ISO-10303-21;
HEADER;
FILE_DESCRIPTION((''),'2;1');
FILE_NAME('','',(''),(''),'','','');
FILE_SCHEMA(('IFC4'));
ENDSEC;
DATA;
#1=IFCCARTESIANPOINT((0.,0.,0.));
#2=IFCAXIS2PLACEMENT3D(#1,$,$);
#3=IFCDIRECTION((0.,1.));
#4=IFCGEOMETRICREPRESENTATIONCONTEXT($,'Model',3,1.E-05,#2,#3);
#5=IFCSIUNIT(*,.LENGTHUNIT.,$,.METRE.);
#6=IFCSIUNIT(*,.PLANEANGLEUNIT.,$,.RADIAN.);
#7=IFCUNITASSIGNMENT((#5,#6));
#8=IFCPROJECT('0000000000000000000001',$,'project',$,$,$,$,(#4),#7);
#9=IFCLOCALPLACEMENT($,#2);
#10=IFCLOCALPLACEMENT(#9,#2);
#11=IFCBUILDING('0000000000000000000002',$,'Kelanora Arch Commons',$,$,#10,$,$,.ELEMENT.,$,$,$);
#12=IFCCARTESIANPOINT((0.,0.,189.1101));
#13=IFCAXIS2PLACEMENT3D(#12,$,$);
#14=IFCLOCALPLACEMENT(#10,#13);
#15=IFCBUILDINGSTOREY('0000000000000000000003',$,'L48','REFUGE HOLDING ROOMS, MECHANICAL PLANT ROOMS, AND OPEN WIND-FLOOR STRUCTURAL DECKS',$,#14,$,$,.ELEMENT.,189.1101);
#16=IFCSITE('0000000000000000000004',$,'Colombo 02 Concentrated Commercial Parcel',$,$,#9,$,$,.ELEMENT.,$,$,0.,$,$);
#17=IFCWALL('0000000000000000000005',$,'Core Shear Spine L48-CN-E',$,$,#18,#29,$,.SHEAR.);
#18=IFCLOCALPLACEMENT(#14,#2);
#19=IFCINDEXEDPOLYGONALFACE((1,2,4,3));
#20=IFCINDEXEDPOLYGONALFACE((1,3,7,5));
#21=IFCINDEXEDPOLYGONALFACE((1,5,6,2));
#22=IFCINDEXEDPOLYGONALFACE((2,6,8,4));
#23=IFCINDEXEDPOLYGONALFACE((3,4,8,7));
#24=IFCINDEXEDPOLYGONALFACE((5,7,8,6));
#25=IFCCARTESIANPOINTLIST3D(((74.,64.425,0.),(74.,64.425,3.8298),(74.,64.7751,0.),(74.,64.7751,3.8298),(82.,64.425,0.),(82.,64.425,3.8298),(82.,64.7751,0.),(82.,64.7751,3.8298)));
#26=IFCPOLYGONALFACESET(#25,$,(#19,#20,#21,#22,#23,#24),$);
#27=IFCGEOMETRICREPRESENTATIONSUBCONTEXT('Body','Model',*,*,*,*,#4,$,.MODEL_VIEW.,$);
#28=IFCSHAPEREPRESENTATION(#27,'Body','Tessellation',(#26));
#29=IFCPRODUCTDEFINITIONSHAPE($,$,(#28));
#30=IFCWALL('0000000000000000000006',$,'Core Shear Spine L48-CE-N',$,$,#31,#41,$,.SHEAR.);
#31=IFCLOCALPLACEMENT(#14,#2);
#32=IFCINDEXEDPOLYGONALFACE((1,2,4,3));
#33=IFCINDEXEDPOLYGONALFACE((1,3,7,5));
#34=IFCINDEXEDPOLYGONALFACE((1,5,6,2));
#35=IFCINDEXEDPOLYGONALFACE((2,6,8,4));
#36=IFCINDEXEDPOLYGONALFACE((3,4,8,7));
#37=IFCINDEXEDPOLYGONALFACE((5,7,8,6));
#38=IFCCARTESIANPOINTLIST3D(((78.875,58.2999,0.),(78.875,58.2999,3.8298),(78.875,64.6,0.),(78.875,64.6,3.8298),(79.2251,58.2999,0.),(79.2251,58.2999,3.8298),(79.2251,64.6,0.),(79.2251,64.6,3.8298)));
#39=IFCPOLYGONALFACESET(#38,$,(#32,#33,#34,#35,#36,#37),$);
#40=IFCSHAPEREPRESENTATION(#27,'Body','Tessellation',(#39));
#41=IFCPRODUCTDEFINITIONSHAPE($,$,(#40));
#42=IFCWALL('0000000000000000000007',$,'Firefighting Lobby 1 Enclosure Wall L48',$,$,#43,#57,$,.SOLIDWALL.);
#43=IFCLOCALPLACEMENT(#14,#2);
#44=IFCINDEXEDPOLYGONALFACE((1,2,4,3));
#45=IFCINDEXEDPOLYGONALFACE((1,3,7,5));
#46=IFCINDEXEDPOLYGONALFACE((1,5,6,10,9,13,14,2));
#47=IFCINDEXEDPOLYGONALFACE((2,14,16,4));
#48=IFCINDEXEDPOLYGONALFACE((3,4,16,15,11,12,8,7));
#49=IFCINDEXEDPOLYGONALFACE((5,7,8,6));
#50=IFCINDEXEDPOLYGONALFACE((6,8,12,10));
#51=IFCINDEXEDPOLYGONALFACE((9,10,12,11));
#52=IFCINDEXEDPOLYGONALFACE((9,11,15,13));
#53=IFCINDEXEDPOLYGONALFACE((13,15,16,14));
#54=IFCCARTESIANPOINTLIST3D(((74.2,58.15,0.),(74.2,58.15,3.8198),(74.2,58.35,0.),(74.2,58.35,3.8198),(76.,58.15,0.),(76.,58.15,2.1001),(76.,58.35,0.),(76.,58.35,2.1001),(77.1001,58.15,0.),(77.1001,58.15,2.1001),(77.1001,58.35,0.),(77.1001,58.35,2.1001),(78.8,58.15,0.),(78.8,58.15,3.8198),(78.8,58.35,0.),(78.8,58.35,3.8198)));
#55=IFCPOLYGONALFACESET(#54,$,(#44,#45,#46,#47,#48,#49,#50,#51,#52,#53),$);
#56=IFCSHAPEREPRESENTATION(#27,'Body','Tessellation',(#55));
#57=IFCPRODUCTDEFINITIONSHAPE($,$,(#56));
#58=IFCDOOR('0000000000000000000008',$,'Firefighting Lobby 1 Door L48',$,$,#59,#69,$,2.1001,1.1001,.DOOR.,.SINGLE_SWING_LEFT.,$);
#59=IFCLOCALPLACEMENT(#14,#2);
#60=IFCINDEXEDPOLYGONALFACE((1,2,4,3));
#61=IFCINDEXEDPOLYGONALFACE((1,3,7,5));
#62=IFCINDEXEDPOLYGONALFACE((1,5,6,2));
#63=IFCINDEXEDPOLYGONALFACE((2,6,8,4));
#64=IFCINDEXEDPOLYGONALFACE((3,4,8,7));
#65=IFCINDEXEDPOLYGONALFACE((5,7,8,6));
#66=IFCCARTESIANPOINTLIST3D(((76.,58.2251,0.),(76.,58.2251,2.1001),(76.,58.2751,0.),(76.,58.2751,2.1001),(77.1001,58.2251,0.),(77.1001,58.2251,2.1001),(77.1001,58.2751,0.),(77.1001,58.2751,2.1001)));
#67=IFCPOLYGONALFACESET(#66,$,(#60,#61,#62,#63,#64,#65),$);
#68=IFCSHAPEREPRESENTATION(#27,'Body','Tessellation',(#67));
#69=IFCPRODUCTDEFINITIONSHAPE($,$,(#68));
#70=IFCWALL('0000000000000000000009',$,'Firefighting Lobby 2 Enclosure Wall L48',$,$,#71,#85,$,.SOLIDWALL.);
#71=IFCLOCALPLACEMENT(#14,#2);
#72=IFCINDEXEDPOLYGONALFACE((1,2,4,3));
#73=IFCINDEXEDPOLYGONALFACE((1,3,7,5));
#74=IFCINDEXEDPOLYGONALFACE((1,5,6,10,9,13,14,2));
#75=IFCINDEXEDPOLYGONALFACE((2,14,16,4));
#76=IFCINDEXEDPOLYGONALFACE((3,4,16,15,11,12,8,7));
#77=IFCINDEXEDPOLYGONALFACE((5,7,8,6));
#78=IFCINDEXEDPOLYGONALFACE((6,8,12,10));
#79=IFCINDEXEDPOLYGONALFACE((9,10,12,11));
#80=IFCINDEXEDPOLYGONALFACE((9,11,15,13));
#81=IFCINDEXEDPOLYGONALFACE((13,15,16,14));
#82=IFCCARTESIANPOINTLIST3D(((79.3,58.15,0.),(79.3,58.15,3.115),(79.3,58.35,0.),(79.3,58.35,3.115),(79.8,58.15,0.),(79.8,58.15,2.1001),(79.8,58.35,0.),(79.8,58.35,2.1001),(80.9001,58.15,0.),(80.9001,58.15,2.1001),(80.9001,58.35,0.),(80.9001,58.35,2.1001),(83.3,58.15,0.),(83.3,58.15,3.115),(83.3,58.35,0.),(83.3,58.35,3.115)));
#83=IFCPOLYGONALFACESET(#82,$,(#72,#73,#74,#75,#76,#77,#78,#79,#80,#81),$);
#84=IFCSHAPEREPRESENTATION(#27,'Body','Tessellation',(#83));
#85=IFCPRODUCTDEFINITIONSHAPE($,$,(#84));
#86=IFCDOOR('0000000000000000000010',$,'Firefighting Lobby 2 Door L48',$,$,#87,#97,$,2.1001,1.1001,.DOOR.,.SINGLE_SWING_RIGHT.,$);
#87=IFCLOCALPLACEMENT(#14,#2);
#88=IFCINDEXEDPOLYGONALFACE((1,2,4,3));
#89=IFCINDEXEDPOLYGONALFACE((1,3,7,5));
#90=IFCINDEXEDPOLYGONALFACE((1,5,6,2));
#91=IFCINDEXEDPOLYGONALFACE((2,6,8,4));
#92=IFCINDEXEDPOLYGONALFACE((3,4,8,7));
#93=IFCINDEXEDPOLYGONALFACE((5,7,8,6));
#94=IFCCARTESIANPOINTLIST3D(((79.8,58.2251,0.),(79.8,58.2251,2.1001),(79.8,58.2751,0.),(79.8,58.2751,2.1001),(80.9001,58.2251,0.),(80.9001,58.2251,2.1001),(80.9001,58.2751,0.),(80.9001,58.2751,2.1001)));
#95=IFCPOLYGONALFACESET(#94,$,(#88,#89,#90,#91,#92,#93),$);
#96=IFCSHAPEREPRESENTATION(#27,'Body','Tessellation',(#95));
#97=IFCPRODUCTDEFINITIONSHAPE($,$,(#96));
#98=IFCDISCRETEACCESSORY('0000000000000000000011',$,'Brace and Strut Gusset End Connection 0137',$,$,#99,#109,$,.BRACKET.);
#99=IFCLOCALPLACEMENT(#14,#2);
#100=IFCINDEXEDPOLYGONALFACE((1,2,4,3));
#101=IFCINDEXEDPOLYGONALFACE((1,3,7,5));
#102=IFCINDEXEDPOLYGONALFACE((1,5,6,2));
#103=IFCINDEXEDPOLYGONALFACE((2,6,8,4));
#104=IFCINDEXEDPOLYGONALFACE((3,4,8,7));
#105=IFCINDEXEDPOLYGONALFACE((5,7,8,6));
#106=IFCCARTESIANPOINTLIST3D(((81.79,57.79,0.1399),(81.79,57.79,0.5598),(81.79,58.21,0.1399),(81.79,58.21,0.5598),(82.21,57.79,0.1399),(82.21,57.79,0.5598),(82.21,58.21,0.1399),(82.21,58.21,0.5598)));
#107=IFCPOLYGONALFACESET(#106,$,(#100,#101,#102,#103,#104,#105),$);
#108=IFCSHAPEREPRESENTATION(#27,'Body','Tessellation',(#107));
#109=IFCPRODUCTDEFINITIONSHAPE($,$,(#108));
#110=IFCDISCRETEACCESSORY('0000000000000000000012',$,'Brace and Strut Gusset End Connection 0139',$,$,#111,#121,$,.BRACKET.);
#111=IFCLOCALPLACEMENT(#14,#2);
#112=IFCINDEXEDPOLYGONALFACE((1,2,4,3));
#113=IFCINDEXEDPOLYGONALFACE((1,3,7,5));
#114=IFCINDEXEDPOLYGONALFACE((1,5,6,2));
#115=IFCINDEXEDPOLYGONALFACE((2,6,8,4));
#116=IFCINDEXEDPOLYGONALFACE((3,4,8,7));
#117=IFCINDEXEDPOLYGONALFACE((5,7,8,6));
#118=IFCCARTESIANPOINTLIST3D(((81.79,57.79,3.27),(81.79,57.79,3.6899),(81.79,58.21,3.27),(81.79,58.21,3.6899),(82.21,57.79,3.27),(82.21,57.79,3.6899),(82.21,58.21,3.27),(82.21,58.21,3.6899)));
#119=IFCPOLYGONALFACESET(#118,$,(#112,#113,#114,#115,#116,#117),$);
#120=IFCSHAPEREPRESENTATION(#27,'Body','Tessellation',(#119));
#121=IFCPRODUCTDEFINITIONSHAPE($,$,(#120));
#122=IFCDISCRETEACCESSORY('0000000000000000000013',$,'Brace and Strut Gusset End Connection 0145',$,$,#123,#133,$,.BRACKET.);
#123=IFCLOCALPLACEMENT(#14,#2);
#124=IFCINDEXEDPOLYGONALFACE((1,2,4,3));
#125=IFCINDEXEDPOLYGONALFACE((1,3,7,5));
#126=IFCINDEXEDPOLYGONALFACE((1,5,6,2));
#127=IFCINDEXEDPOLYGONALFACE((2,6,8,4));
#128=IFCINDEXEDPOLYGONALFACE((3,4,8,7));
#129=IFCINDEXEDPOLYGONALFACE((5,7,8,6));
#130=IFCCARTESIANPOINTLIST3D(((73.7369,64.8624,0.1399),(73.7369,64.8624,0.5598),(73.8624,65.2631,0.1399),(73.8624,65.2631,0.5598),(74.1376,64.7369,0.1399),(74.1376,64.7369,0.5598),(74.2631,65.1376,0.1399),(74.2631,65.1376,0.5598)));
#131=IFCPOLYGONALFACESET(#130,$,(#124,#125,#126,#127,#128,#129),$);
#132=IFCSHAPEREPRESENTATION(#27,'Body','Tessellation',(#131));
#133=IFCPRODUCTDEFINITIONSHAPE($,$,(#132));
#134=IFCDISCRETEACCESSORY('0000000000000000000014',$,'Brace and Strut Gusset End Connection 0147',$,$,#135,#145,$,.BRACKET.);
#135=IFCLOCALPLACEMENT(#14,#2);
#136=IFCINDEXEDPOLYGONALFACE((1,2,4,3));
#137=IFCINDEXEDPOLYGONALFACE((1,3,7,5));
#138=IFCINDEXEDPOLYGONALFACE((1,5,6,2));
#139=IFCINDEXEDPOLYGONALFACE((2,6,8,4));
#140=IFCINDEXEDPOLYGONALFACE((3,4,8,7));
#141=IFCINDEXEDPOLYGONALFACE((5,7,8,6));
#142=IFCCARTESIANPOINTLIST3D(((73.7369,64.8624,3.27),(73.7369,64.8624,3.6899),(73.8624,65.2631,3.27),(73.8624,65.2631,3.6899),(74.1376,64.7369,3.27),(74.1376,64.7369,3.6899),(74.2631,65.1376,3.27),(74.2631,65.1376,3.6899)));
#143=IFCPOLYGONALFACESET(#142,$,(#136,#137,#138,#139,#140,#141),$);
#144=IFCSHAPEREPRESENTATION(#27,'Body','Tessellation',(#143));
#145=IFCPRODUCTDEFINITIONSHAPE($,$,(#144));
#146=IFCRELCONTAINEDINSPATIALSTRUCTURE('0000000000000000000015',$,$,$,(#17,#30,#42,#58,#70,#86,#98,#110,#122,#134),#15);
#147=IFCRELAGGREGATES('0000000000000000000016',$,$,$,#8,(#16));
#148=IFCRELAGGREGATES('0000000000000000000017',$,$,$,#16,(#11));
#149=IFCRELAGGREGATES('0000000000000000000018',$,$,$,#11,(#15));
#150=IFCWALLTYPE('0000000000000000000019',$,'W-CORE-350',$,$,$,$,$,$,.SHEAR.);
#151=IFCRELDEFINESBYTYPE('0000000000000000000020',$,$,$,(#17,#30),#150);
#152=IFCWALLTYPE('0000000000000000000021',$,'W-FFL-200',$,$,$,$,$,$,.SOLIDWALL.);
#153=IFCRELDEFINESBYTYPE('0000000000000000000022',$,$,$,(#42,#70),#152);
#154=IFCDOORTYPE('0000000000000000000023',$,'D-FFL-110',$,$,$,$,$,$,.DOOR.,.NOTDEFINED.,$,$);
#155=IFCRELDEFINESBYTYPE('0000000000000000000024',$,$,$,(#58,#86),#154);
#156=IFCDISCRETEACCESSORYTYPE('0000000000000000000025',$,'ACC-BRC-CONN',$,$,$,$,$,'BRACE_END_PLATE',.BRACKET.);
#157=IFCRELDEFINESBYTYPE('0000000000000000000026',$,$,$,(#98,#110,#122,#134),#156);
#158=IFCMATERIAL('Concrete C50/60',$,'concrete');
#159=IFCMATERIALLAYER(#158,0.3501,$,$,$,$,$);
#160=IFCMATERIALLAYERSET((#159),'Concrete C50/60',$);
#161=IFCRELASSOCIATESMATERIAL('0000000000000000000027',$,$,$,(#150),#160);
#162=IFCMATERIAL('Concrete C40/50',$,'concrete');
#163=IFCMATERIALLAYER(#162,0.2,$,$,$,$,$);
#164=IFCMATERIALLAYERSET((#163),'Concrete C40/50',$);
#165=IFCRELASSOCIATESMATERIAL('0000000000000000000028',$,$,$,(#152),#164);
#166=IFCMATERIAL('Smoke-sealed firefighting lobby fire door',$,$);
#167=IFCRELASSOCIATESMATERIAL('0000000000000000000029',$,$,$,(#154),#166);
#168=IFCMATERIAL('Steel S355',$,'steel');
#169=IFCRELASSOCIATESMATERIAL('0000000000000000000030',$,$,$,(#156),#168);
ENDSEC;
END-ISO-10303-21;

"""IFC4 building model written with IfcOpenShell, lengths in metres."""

from ifc_helpers import new_model, si_unit, direction, frame, frame_2d, origin, origin_2d, place, context, subcontext, project, spatial, rectangle, extrude, source, transform, mapped, material, layer, layer_set, type_object, element, fill, save


model = new_model("IFC4")

# Units and contexts
model_context = context("Model", 3, precision=1e-05, world=origin(), true_north=direction((0.0, 1.0)))
body_context = subcontext(model_context, "Body", "Model", "MODEL_VIEW")
ifc_project = project(units=[si_unit("LENGTHUNIT", "METRE"), si_unit("PLANEANGLEUNIT", "RADIAN")], contexts=[model_context])

# Site, building, storey
site_placement = place(None, origin())
site = spatial("IfcSite", under=ifc_project, at=site_placement, Name="Colombo 02 Concentrated Commercial Parcel", CompositionType="ELEMENT", RefElevation=0.0)
building_placement = place(site_placement, origin())
building = spatial("IfcBuilding", under=site, at=building_placement, Name="Kelanora Arch Commons", CompositionType="ELEMENT")
storey_placement = place(building_placement, frame((0.0, 0.0, 189.1101)))
storey = spatial("IfcBuildingStorey", under=building, at=storey_placement, Name="L48", Description="REFUGE HOLDING ROOMS, MECHANICAL PLANT ROOMS, AND OPEN WIND-FLOOR STRUCTURAL DECKS", CompositionType="ELEMENT", Elevation=189.1101)

# Shared definitions
ifc_material_1 = material(Name="Steel S355", Category="steel")

# Walls
ifc_material_2 = material(Name="Concrete C50/60", Category="concrete")
ifc_layer_1 = layer(ifc_material_2, 0.3501)
ifc_layer_set_1 = layer_set([ifc_layer_1], Name="Concrete C50/60")
wall_type_1 = type_object("IfcWallType", Name="W-CORE-350", PredefinedType="SHEAR", material=ifc_layer_set_1)
wall_1_placement = place(storey_placement, frame((74.0, 64.6001, 0.0), z_axis=(0.0, 0.0, 1.0), x_axis=(1.0, 0.0, 0.0)))
element("IfcWall", 1, at=wall_1_placement, inside=storey, type_object=wall_type_1, Name="Core Shear Spine L48-CN-E", PredefinedType="SHEAR", context=body_context, shape_type="SweptSolid", body=[
    extrude(rectangle(XDim=8.0, YDim=0.3501, at=frame_2d((4.0, 0.0))), origin(), (0.0, 0.0, 1.0), 3.8298),
])
wall_2_placement = place(storey_placement, frame((79.05, 58.3, 0.0), z_axis=(0.0, 0.0, 1.0), x_axis=(0.0, 1.0, 0.0)))
element("IfcWall", 2, at=wall_2_placement, inside=storey, type_object=wall_type_1, Name="Core Shear Spine L48-CE-N", PredefinedType="SHEAR", context=body_context, shape_type="SweptSolid", body=[
    extrude(rectangle(XDim=6.3, YDim=0.3501, at=frame_2d((3.1499, 0.0))), origin(), (0.0, 0.0, 1.0), 3.8298),
])

# Walls, openings, doors
ifc_material_3 = material(Name="Concrete C40/50", Category="concrete")
ifc_layer_2 = layer(ifc_material_3, 0.2)
ifc_layer_set_2 = layer_set([ifc_layer_2], Name="Concrete C40/50")
wall_type_2 = type_object("IfcWallType", Name="W-FFL-200", PredefinedType="SOLIDWALL", material=ifc_layer_set_2)
wall_3_placement = place(storey_placement, frame((74.2, 58.25, 0.0), z_axis=(0.0, 0.0, 1.0), x_axis=(1.0, 0.0, 0.0)))
wall_3 = element("IfcWall", 3, at=wall_3_placement, inside=storey, type_object=wall_type_2, Name="Firefighting Lobby 1 Enclosure Wall L48", PredefinedType="SOLIDWALL", context=body_context, shape_type="SweptSolid", body=[
    extrude(rectangle(XDim=4.6001, YDim=0.2, at=frame_2d((2.3, 0.0))), origin(), (0.0, 0.0, 1.0), 3.8198),
])
opening_1_placement = place(wall_3_placement, frame((1.8, 0.0, 0.0)))
opening_1 = element("IfcOpeningElement", 4, at=opening_1_placement, cuts=wall_3, PredefinedType="OPENING", context=body_context, shape_type="SweptSolid", body=[
    extrude(rectangle(XDim=1.1001, YDim=2.1001, at=frame_2d((0.55, 1.05))), frame((0.0, 0.1099, 0.0), z_axis=(0.0, -1.0, 0.0), x_axis=(1.0, 0.0, 0.0)), (0.0, 0.0, 1.0), 0.22),
])
ifc_material_4 = material(Name="Smoke-sealed firefighting lobby fire door")
door_type_1 = type_object("IfcDoorType", Name="D-FFL-110", OperationType="NOTDEFINED", PredefinedType="DOOR", material=ifc_material_4)
door_1_placement = place(opening_1_placement, frame((1.1001, 0.0, 0.0), z_axis=(0.0, 0.0, 1.0), x_axis=(-1.0, 0.0, 0.0)))
door_1 = element("IfcDoor", 5, at=door_1_placement, inside=storey, type_object=door_type_1, Name="Firefighting Lobby 1 Door L48", OperationType="SINGLE_SWING_LEFT", OverallHeight=2.1001, OverallWidth=1.1001, PredefinedType="DOOR", context=body_context, shape_type="SweptSolid", body=[
    extrude(rectangle(XDim=1.1001, YDim=2.1001, at=frame_2d((0.55, 1.05))), frame((0.0, 0.0249, 0.0), z_axis=(0.0, -1.0, 0.0), x_axis=(1.0, 0.0, 0.0)), (0.0, 0.0, 1.0), 0.05),
])
fill(opening_1, door_1)
wall_4_placement = place(storey_placement, frame((79.3, 58.25, 0.0), z_axis=(0.0, 0.0, 1.0), x_axis=(1.0, 0.0, 0.0)))
wall_4 = element("IfcWall", 6, at=wall_4_placement, inside=storey, type_object=wall_type_2, Name="Firefighting Lobby 2 Enclosure Wall L48", PredefinedType="SOLIDWALL", context=body_context, shape_type="SweptSolid", body=[
    extrude(rectangle(XDim=4.0, YDim=0.2, at=frame_2d((2.0, 0.0))), origin(), (0.0, 0.0, 1.0), 3.115),
])
opening_2_placement = place(wall_4_placement, frame((0.5, 0.0, 0.0)))
opening_2 = element("IfcOpeningElement", 7, at=opening_2_placement, cuts=wall_4, PredefinedType="OPENING", context=body_context, shape_type="SweptSolid", body=[
    extrude(rectangle(XDim=1.1001, YDim=2.1001, at=frame_2d((0.55, 1.05))), frame((0.0, 0.1099, 0.0), z_axis=(0.0, -1.0, 0.0), x_axis=(1.0, 0.0, 0.0)), (0.0, 0.0, 1.0), 0.22),
])
door_2_placement = place(opening_2_placement, frame((1.1001, 0.0, 0.0), z_axis=(0.0, 0.0, 1.0), x_axis=(-1.0, 0.0, 0.0)))
door_2 = element("IfcDoor", 8, at=door_2_placement, inside=storey, type_object=door_type_1, Name="Firefighting Lobby 2 Door L48", OperationType="SINGLE_SWING_RIGHT", OverallHeight=2.1001, OverallWidth=1.1001, PredefinedType="DOOR", context=body_context, shape_type="SweptSolid", body=[
    extrude(rectangle(XDim=1.1001, YDim=2.1001, at=frame_2d((0.55, 1.05))), frame((0.0, 0.0249, 0.0), z_axis=(0.0, -1.0, 0.0), x_axis=(1.0, 0.0, 0.0)), (0.0, 0.0, 1.0), 0.05),
])
fill(opening_2, door_2)

# Discrete accessories
discrete_accessory_type = type_object("IfcDiscreteAccessoryType", Name="ACC-BRC-CONN", ElementType="BRACE_END_PLATE", PredefinedType="BRACKET", material=ifc_material_1)
shared_shape_1 = source(origin(), body_context, "Body", "SweptSolid", [
    extrude(rectangle(XDim=0.4199, YDim=0.4199, at=origin_2d()), origin(), (0.0, 0.0, 1.0), 0.4199),
])
for number, where, z_axis, x_axis, name in (
    (9, (82.0, 58.0, 0.1399), (0.0, 0.0, 1.0), (1.0, 0.0, 0.0), "Brace and Strut Gusset End Connection 0137"),
    (10, (82.0, 58.0, 3.27), (0.0, 0.0, 1.0), (1.0, 0.0, 0.0), "Brace and Strut Gusset End Connection 0139"),
    (11, (74.0, 65.0, 0.1399), (0.0, 0.0, 1.0), (0.299041, 0.95424, 0.0), "Brace and Strut Gusset End Connection 0145"),
    (12, (74.0, 65.0, 3.27), (0.0, 0.0, 1.0), (0.299041, 0.95424, 0.0), "Brace and Strut Gusset End Connection 0147"),
):
    element("IfcDiscreteAccessory", number, at=place(storey_placement, frame(where, z_axis=z_axis, x_axis=x_axis)), inside=storey, type_object=discrete_accessory_type, Name=name, PredefinedType="BRACKET", context=body_context, shape_type="MappedRepresentation", body=[
        mapped(shared_shape_1, transform((0.0, 0.0, 0.0), scale=1.0)),
    ])

save(model, "model.ifc")
